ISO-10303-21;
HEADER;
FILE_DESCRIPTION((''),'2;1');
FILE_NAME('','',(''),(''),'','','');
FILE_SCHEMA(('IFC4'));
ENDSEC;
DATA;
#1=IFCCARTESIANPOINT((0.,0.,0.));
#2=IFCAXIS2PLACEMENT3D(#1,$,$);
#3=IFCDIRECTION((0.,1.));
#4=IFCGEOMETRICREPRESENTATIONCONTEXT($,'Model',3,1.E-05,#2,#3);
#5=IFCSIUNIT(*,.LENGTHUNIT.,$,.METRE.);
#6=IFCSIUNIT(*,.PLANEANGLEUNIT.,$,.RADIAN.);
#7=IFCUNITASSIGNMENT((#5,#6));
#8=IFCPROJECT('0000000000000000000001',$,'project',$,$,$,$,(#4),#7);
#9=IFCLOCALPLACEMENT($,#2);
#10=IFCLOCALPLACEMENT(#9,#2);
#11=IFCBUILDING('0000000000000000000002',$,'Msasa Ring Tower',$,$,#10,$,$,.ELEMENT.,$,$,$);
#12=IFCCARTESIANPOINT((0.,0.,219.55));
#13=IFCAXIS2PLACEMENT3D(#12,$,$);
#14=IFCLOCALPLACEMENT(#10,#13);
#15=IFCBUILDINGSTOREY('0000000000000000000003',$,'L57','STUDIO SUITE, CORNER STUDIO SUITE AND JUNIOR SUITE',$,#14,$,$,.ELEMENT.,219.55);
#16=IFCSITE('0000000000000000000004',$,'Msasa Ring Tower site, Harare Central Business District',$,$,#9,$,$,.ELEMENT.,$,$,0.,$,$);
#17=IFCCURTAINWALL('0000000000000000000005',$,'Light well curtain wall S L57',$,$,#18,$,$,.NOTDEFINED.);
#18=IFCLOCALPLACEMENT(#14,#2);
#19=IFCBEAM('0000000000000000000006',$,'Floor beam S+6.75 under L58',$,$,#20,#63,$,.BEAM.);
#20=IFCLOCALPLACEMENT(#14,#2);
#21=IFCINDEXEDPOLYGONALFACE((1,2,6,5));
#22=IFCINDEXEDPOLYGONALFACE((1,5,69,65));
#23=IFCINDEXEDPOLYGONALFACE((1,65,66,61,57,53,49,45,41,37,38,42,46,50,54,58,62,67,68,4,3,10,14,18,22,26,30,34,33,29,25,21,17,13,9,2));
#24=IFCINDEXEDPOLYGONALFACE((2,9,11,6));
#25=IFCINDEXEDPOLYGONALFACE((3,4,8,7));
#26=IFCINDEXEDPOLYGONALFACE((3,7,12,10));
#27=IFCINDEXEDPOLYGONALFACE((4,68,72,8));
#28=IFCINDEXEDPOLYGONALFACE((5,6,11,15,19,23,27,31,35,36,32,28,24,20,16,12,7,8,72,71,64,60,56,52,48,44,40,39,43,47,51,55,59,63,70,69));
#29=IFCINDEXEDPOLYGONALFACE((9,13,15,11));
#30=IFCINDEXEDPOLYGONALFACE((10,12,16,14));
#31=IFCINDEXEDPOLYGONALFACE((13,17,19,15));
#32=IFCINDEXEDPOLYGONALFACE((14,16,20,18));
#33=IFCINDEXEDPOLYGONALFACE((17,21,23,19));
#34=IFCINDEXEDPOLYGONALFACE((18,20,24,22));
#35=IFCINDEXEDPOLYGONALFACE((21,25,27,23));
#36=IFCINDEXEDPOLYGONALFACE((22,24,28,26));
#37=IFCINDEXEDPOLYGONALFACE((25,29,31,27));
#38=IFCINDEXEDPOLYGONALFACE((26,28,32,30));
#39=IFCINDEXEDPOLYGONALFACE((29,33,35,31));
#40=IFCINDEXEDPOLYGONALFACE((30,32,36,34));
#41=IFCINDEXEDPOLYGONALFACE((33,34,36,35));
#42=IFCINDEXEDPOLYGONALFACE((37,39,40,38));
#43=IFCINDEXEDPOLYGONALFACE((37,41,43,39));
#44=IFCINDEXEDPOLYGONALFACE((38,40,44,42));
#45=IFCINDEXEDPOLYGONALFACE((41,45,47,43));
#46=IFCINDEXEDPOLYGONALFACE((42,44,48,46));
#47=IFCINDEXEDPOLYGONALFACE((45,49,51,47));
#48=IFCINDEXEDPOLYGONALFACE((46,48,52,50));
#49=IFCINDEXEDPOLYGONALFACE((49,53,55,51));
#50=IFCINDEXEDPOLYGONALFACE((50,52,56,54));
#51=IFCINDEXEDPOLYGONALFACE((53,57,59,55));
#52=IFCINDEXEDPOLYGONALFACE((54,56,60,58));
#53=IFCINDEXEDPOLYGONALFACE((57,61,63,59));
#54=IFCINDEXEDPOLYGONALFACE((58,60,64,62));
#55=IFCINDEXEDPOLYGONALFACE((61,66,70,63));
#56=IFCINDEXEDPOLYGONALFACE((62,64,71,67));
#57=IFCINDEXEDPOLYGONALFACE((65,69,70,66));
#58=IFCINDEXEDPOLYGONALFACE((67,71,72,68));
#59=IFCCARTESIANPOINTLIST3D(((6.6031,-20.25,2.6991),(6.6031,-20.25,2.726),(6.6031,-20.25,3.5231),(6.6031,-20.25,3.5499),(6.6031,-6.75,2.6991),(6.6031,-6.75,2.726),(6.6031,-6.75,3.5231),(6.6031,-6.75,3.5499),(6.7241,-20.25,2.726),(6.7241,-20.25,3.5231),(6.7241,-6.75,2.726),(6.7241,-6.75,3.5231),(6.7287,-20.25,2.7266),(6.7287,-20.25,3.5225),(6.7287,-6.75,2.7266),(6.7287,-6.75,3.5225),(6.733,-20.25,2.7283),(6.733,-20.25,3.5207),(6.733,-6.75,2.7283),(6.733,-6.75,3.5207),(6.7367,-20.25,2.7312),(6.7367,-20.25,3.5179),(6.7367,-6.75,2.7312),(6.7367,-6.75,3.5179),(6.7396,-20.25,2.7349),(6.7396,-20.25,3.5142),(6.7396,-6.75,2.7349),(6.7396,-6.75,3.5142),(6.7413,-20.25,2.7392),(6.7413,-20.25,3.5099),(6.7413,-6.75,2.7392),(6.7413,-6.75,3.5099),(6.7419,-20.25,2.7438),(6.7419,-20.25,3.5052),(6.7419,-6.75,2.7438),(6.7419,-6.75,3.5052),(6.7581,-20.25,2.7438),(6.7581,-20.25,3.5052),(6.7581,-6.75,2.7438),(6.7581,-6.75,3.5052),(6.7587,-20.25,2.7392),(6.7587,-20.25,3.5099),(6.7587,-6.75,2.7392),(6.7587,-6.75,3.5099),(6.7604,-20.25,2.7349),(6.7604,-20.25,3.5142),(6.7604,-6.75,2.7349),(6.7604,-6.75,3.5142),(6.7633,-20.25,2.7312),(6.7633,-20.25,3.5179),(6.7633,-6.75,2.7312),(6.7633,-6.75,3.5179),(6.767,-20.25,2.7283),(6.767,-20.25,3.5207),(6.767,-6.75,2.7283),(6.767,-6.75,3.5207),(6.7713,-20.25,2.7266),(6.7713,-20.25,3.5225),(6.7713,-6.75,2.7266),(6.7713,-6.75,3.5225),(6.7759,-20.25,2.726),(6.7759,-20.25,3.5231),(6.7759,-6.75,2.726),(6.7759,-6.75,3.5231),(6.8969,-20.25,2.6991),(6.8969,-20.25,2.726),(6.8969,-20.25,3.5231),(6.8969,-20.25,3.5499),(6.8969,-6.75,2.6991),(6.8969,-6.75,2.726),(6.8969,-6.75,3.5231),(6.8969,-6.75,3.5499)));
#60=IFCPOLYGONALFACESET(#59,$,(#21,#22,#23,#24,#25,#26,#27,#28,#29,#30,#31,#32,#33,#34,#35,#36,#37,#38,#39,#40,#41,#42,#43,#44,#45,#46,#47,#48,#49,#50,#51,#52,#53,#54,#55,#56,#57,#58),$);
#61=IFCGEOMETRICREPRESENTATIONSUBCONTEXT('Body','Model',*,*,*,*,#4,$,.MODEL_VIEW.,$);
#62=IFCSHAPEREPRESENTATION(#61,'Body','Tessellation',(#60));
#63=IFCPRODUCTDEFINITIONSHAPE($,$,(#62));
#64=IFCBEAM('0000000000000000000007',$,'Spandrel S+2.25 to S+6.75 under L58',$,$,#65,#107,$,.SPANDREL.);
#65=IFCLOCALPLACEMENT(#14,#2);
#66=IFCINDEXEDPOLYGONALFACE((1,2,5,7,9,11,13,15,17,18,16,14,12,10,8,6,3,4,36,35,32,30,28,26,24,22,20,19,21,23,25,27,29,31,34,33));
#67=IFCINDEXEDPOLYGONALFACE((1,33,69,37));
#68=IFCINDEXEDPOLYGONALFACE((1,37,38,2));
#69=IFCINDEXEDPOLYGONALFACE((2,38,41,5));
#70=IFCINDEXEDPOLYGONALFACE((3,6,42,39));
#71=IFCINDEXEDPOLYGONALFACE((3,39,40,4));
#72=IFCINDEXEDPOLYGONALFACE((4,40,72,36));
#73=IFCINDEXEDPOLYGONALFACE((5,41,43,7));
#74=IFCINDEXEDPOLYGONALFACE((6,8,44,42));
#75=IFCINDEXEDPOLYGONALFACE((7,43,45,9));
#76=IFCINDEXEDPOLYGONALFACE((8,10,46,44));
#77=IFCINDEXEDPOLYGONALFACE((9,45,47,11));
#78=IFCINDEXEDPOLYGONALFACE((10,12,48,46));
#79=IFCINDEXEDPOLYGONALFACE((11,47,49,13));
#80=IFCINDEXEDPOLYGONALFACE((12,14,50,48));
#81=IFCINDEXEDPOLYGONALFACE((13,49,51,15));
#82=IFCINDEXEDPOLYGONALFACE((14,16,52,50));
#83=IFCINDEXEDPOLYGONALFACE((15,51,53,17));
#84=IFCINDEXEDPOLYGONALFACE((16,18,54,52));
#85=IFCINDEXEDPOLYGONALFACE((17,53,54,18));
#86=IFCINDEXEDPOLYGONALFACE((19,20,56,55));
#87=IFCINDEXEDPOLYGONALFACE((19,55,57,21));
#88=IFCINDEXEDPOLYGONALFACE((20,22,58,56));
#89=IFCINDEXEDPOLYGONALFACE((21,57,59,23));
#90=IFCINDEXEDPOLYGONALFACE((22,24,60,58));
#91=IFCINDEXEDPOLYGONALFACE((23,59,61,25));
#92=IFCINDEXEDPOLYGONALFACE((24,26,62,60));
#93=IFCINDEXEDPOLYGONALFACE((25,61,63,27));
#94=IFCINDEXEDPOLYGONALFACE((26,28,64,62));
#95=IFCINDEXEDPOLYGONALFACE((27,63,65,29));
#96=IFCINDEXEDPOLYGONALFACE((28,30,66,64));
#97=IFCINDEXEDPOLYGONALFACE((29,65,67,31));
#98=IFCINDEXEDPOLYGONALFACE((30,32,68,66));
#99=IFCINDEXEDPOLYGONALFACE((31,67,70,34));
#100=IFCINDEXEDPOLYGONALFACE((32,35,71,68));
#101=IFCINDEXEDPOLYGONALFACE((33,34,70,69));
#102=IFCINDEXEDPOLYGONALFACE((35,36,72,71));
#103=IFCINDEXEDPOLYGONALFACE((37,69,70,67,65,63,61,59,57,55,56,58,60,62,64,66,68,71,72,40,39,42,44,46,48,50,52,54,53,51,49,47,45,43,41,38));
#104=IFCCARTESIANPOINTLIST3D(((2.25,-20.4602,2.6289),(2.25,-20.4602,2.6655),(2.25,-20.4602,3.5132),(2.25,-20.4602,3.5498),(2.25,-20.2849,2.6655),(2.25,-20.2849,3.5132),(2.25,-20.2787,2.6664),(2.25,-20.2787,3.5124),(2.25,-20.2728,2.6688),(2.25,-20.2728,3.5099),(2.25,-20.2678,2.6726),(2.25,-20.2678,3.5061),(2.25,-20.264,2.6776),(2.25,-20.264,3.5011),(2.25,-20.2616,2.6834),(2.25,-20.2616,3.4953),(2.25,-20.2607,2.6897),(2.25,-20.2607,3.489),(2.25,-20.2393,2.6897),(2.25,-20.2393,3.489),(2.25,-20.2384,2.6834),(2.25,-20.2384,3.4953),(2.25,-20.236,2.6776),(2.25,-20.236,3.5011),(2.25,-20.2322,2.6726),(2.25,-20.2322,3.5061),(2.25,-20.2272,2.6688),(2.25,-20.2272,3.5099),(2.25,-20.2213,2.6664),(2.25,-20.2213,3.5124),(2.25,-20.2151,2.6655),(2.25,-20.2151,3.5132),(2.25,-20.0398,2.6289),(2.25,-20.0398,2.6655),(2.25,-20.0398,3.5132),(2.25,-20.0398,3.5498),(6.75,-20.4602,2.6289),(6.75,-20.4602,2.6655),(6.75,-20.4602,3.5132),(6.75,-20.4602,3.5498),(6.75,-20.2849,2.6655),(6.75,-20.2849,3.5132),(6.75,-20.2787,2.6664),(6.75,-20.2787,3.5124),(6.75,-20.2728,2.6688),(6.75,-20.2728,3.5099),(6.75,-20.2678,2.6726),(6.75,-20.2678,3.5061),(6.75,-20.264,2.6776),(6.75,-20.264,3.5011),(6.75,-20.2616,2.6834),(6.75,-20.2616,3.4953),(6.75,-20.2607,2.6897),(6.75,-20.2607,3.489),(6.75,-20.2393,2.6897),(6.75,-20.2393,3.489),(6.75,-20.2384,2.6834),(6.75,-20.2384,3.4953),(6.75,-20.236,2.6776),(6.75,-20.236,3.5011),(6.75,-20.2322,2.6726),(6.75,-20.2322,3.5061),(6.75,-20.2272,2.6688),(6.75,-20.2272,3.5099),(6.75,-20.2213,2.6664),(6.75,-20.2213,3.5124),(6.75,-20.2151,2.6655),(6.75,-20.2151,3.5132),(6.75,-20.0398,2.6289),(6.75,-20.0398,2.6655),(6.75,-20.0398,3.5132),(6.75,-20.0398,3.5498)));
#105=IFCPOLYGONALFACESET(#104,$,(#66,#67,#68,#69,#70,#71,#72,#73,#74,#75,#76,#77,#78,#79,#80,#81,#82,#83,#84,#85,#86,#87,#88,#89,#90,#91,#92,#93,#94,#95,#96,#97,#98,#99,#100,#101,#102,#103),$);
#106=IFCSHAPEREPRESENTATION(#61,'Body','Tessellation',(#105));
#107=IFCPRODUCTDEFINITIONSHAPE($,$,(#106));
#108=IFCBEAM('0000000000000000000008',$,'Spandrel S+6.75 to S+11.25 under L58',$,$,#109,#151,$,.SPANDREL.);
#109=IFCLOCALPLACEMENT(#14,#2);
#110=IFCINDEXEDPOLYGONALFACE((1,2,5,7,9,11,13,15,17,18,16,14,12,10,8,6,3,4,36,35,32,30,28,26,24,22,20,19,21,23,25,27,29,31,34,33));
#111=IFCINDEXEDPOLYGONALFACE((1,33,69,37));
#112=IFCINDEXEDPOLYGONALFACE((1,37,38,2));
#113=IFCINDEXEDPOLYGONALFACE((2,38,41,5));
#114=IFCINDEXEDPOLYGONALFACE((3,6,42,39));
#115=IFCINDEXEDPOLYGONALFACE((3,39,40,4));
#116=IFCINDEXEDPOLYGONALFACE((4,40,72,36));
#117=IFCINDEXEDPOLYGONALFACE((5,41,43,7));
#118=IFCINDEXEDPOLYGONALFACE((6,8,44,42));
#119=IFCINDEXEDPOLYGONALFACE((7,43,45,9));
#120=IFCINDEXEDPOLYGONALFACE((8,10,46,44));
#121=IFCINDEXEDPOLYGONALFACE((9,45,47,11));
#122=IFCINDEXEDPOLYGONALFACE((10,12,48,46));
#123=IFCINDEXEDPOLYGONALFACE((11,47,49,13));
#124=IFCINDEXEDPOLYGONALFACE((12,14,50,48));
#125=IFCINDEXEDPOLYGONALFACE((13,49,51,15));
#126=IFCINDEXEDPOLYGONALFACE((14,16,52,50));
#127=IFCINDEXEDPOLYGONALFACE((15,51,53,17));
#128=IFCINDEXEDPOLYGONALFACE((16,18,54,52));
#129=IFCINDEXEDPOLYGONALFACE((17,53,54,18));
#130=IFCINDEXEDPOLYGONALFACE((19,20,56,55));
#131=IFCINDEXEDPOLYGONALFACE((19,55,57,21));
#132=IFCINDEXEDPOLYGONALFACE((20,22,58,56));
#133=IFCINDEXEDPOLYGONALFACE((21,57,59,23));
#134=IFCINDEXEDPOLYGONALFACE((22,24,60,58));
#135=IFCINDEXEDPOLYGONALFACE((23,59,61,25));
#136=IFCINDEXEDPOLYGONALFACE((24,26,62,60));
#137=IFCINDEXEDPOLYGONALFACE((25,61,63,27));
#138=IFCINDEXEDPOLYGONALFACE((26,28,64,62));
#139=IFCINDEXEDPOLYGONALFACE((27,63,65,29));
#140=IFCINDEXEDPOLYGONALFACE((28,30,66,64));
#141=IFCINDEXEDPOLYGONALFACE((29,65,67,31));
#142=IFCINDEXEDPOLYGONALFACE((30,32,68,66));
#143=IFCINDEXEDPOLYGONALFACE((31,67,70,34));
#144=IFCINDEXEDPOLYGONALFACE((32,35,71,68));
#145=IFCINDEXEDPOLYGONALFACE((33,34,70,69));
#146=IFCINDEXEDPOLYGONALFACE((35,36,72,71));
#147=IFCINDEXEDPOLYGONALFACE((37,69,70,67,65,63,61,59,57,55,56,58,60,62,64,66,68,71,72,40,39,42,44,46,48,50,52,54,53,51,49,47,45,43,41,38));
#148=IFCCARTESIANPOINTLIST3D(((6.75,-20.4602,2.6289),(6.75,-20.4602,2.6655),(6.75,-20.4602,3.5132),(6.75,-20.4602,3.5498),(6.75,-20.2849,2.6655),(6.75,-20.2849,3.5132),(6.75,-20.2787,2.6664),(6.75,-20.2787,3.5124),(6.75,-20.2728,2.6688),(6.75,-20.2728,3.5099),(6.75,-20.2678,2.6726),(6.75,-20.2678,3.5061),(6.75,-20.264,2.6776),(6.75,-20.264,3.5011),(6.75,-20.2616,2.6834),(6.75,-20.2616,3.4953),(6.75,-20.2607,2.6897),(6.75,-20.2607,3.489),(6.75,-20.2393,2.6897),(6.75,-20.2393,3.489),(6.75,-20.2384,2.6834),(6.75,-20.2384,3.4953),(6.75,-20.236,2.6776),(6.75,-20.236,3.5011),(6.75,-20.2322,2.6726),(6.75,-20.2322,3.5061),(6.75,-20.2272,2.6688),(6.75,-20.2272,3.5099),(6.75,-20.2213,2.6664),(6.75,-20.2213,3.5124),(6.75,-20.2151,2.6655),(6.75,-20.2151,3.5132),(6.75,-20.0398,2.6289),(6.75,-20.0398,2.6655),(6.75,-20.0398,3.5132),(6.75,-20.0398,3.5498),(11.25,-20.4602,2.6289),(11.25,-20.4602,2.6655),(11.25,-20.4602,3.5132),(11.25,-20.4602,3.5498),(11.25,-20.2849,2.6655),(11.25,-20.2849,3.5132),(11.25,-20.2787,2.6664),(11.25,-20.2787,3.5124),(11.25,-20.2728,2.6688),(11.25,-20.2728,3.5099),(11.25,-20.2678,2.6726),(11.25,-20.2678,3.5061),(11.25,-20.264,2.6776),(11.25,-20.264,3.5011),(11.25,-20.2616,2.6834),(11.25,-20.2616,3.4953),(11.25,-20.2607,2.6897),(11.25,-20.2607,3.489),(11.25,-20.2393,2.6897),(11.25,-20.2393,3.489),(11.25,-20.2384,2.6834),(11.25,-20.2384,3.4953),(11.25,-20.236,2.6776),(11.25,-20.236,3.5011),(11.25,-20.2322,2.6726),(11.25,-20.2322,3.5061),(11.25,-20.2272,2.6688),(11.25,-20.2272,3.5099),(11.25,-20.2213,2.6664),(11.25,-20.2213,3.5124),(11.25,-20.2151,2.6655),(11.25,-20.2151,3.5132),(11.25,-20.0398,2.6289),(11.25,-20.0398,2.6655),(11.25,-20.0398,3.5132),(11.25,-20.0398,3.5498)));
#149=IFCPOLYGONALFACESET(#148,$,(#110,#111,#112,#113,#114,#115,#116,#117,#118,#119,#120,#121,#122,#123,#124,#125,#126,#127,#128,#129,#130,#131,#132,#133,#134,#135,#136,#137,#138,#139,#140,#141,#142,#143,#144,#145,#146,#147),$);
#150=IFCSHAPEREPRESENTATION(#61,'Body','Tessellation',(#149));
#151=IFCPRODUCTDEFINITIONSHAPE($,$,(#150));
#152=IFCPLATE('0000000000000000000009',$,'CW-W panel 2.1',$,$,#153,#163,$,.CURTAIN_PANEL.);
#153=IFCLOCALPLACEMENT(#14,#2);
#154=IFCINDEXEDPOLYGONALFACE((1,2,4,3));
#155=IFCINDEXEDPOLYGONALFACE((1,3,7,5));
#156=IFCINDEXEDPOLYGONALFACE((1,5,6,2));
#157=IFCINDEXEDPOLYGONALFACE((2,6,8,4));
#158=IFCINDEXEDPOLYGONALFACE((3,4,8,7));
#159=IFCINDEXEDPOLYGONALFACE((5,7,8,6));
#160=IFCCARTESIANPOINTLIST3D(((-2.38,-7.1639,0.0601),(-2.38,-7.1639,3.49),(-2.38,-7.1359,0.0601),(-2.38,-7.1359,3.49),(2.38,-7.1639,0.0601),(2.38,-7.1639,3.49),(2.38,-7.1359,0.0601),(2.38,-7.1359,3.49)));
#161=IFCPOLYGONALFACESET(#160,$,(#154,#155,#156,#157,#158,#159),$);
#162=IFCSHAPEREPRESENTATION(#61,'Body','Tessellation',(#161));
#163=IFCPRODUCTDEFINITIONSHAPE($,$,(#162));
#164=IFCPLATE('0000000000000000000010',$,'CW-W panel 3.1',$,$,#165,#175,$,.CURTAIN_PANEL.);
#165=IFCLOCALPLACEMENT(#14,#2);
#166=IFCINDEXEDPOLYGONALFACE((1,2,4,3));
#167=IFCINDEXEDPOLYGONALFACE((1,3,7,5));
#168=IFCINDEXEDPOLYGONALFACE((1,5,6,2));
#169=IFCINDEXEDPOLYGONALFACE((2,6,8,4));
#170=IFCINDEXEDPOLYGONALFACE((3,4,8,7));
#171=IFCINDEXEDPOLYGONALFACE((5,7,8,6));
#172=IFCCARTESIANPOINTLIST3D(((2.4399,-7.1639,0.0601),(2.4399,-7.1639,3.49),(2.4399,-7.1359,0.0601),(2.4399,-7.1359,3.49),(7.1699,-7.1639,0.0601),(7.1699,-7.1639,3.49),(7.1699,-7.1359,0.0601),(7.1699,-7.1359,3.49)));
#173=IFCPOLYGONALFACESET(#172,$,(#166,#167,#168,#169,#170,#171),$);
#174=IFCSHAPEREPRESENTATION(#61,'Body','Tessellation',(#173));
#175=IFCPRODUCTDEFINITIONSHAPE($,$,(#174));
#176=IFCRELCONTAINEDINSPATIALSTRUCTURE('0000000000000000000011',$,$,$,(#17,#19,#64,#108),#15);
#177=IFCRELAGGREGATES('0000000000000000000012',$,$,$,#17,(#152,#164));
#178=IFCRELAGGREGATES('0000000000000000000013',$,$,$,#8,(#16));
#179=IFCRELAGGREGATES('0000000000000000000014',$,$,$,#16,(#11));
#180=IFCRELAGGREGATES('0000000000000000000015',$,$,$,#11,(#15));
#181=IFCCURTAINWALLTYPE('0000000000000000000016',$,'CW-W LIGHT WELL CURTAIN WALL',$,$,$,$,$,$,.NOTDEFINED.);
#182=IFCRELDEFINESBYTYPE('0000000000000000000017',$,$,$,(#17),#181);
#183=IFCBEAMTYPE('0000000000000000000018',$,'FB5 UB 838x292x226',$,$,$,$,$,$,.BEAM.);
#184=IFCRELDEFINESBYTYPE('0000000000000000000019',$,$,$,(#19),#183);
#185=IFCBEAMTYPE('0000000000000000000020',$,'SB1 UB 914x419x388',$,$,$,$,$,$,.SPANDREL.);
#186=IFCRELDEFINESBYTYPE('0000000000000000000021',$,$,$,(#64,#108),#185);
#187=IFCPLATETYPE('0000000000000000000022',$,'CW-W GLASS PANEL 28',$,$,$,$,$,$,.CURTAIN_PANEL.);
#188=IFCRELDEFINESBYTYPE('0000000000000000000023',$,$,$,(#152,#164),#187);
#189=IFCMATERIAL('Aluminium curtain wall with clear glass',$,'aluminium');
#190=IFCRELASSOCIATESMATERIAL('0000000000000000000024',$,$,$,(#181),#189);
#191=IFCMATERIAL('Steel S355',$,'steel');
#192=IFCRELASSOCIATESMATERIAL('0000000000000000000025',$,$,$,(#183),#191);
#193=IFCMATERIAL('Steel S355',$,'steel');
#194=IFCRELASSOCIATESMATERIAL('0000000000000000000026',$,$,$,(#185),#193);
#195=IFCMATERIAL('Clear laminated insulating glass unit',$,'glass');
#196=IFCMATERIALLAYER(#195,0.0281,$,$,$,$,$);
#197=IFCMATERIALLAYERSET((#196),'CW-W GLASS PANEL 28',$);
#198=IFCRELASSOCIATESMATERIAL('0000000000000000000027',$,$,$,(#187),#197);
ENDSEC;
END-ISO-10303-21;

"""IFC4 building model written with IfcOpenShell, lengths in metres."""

from ifc_helpers import new_model, si_unit, direction, frame, origin, origin_2d, place, context, subcontext, project, spatial, rectangle, i_section, extrude, material, layer, layer_set, material_profile, profile_set, type_object, element, aggregate, save


model = new_model("IFC4")

# Units and contexts
model_context = context("Model", 3, precision=1e-05, world=origin(), true_north=direction((0.0, 1.0)))
body_context = subcontext(model_context, "Body", "Model", "MODEL_VIEW")
ifc_project = project(units=[si_unit("LENGTHUNIT", "METRE"), si_unit("PLANEANGLEUNIT", "RADIAN")], contexts=[model_context])

# Site, building, storey
site_placement = place(None, origin())
site = spatial("IfcSite", under=ifc_project, at=site_placement, Name="Msasa Ring Tower site, Harare Central Business District", CompositionType="ELEMENT", RefElevation=0.0)
building_placement = place(site_placement, origin())
building = spatial("IfcBuilding", under=site, at=building_placement, Name="Msasa Ring Tower", CompositionType="ELEMENT")
storey_placement = place(building_placement, frame((0.0, 0.0, 219.55)))
storey = spatial("IfcBuildingStorey", under=building, at=storey_placement, Name="L57", Description="STUDIO SUITE, CORNER STUDIO SUITE AND JUNIOR SUITE", CompositionType="ELEMENT", Elevation=219.55)

# Curtain wall
ifc_material_1 = material(Name="Aluminium curtain wall with clear glass", Category="aluminium")
curtain_wall_type = type_object("IfcCurtainWallType", Name="CW-W LIGHT WELL CURTAIN WALL", PredefinedType="NOTDEFINED", material=ifc_material_1)
curtain_wall_1_placement = place(storey_placement, origin())
curtain_wall_1 = element("IfcCurtainWall", 1, at=curtain_wall_1_placement, inside=storey, type_object=curtain_wall_type, Name="Light well curtain wall S L57", PredefinedType="NOTDEFINED")

# Beams
ifc_material_2 = material(Name="Steel S355", Category="steel")
ifc_material_profile_1 = material_profile(ifc_material_2, i_section(OverallWidth=0.2937, OverallDepth=0.8508, WebThickness=0.0161, FlangeThickness=0.0269, FilletRadius=0.0178, at=origin_2d()), Name="UB 838x292x226")
ifc_profile_set_1 = profile_set([ifc_material_profile_1], Name="Steel S355")
beam_type_1 = type_object("IfcBeamType", Name="FB5 UB 838x292x226", PredefinedType="BEAM", material=ifc_profile_set_1)
for number, where, z_axis, x_axis, name in (
    (2, (6.75, -20.25, 3.1245), (0.0, 1.0, 0.0), (-1.0, 0.0, 0.0), "Floor beam S+6.75 under L58"),
):
    element("IfcBeam", number, at=place(storey_placement, frame(where, z_axis=z_axis, x_axis=x_axis)), inside=storey, type_object=beam_type_1, Name=name, PredefinedType="BEAM", context=body_context, shape_type="SweptSolid", body=[
        extrude(i_section(OverallWidth=0.2937, OverallDepth=0.8508, WebThickness=0.0161, FlangeThickness=0.0269, FilletRadius=0.0178, at=origin_2d()), origin(), (0.0, 0.0, 1.0), 13.5),
    ])
ifc_material_3 = material(Name="Steel S355", Category="steel")
ifc_material_profile_2 = material_profile(ifc_material_3, i_section(OverallWidth=0.4204, OverallDepth=0.9209, WebThickness=0.0215, FlangeThickness=0.0366, FilletRadius=0.0242, at=origin_2d()), Name="UB 914x419x388")
ifc_profile_set_2 = profile_set([ifc_material_profile_2], Name="Steel S355")
beam_type_2 = type_object("IfcBeamType", Name="SB1 UB 914x419x388", PredefinedType="SPANDREL", material=ifc_profile_set_2)
for number, where, z_axis, x_axis, name in (
    (3, (2.25, -20.25, 3.0894), (1.0, 0.0, 0.0), (0.0, 1.0, 0.0), "Spandrel S+2.25 to S+6.75 under L58"),
    (4, (6.75, -20.25, 3.0894), (1.0, 0.0, 0.0), (0.0, 1.0, 0.0), "Spandrel S+6.75 to S+11.25 under L58"),
):
    element("IfcBeam", number, at=place(storey_placement, frame(where, z_axis=z_axis, x_axis=x_axis)), inside=storey, type_object=beam_type_2, Name=name, PredefinedType="SPANDREL", context=body_context, shape_type="SweptSolid", body=[
        extrude(i_section(OverallWidth=0.4204, OverallDepth=0.9209, WebThickness=0.0215, FlangeThickness=0.0366, FilletRadius=0.0242, at=origin_2d()), origin(), (0.0, 0.0, 1.0), 4.5),
    ])

# Plates
ifc_material_4 = material(Name="Clear laminated insulating glass unit", Category="glass")
ifc_layer_1 = layer(ifc_material_4, 0.0281)
ifc_layer_set_1 = layer_set([ifc_layer_1], Name="CW-W GLASS PANEL 28")
plate_type = type_object("IfcPlateType", Name="CW-W GLASS PANEL 28", PredefinedType="CURTAIN_PANEL", material=ifc_layer_set_1)
plate_1_placement = place(storey_placement, frame((0.0, -7.1499, 0.0601), z_axis=(0.0, 0.0, 1.0), x_axis=(1.0, 0.0, 0.0)))
plate_1 = element("IfcPlate", 5, at=plate_1_placement, type_object=plate_type, Name="CW-W panel 2.1", PredefinedType="CURTAIN_PANEL", context=body_context, shape_type="SweptSolid", body=[
    extrude(rectangle(XDim=4.76, YDim=0.0281, at=origin_2d()), origin(), (0.0, 0.0, 1.0), 3.4299),
])
plate_2_placement = place(storey_placement, frame((4.8049, -7.1499, 0.0601), z_axis=(0.0, 0.0, 1.0), x_axis=(1.0, 0.0, 0.0)))
plate_2 = element("IfcPlate", 6, at=plate_2_placement, type_object=plate_type, Name="CW-W panel 3.1", PredefinedType="CURTAIN_PANEL", context=body_context, shape_type="SweptSolid", body=[
    extrude(rectangle(XDim=4.73, YDim=0.0281, at=origin_2d()), origin(), (0.0, 0.0, 1.0), 3.4299),
])
aggregate(curtain_wall_1, [plate_1, plate_2])

save(model, "model.ifc")
